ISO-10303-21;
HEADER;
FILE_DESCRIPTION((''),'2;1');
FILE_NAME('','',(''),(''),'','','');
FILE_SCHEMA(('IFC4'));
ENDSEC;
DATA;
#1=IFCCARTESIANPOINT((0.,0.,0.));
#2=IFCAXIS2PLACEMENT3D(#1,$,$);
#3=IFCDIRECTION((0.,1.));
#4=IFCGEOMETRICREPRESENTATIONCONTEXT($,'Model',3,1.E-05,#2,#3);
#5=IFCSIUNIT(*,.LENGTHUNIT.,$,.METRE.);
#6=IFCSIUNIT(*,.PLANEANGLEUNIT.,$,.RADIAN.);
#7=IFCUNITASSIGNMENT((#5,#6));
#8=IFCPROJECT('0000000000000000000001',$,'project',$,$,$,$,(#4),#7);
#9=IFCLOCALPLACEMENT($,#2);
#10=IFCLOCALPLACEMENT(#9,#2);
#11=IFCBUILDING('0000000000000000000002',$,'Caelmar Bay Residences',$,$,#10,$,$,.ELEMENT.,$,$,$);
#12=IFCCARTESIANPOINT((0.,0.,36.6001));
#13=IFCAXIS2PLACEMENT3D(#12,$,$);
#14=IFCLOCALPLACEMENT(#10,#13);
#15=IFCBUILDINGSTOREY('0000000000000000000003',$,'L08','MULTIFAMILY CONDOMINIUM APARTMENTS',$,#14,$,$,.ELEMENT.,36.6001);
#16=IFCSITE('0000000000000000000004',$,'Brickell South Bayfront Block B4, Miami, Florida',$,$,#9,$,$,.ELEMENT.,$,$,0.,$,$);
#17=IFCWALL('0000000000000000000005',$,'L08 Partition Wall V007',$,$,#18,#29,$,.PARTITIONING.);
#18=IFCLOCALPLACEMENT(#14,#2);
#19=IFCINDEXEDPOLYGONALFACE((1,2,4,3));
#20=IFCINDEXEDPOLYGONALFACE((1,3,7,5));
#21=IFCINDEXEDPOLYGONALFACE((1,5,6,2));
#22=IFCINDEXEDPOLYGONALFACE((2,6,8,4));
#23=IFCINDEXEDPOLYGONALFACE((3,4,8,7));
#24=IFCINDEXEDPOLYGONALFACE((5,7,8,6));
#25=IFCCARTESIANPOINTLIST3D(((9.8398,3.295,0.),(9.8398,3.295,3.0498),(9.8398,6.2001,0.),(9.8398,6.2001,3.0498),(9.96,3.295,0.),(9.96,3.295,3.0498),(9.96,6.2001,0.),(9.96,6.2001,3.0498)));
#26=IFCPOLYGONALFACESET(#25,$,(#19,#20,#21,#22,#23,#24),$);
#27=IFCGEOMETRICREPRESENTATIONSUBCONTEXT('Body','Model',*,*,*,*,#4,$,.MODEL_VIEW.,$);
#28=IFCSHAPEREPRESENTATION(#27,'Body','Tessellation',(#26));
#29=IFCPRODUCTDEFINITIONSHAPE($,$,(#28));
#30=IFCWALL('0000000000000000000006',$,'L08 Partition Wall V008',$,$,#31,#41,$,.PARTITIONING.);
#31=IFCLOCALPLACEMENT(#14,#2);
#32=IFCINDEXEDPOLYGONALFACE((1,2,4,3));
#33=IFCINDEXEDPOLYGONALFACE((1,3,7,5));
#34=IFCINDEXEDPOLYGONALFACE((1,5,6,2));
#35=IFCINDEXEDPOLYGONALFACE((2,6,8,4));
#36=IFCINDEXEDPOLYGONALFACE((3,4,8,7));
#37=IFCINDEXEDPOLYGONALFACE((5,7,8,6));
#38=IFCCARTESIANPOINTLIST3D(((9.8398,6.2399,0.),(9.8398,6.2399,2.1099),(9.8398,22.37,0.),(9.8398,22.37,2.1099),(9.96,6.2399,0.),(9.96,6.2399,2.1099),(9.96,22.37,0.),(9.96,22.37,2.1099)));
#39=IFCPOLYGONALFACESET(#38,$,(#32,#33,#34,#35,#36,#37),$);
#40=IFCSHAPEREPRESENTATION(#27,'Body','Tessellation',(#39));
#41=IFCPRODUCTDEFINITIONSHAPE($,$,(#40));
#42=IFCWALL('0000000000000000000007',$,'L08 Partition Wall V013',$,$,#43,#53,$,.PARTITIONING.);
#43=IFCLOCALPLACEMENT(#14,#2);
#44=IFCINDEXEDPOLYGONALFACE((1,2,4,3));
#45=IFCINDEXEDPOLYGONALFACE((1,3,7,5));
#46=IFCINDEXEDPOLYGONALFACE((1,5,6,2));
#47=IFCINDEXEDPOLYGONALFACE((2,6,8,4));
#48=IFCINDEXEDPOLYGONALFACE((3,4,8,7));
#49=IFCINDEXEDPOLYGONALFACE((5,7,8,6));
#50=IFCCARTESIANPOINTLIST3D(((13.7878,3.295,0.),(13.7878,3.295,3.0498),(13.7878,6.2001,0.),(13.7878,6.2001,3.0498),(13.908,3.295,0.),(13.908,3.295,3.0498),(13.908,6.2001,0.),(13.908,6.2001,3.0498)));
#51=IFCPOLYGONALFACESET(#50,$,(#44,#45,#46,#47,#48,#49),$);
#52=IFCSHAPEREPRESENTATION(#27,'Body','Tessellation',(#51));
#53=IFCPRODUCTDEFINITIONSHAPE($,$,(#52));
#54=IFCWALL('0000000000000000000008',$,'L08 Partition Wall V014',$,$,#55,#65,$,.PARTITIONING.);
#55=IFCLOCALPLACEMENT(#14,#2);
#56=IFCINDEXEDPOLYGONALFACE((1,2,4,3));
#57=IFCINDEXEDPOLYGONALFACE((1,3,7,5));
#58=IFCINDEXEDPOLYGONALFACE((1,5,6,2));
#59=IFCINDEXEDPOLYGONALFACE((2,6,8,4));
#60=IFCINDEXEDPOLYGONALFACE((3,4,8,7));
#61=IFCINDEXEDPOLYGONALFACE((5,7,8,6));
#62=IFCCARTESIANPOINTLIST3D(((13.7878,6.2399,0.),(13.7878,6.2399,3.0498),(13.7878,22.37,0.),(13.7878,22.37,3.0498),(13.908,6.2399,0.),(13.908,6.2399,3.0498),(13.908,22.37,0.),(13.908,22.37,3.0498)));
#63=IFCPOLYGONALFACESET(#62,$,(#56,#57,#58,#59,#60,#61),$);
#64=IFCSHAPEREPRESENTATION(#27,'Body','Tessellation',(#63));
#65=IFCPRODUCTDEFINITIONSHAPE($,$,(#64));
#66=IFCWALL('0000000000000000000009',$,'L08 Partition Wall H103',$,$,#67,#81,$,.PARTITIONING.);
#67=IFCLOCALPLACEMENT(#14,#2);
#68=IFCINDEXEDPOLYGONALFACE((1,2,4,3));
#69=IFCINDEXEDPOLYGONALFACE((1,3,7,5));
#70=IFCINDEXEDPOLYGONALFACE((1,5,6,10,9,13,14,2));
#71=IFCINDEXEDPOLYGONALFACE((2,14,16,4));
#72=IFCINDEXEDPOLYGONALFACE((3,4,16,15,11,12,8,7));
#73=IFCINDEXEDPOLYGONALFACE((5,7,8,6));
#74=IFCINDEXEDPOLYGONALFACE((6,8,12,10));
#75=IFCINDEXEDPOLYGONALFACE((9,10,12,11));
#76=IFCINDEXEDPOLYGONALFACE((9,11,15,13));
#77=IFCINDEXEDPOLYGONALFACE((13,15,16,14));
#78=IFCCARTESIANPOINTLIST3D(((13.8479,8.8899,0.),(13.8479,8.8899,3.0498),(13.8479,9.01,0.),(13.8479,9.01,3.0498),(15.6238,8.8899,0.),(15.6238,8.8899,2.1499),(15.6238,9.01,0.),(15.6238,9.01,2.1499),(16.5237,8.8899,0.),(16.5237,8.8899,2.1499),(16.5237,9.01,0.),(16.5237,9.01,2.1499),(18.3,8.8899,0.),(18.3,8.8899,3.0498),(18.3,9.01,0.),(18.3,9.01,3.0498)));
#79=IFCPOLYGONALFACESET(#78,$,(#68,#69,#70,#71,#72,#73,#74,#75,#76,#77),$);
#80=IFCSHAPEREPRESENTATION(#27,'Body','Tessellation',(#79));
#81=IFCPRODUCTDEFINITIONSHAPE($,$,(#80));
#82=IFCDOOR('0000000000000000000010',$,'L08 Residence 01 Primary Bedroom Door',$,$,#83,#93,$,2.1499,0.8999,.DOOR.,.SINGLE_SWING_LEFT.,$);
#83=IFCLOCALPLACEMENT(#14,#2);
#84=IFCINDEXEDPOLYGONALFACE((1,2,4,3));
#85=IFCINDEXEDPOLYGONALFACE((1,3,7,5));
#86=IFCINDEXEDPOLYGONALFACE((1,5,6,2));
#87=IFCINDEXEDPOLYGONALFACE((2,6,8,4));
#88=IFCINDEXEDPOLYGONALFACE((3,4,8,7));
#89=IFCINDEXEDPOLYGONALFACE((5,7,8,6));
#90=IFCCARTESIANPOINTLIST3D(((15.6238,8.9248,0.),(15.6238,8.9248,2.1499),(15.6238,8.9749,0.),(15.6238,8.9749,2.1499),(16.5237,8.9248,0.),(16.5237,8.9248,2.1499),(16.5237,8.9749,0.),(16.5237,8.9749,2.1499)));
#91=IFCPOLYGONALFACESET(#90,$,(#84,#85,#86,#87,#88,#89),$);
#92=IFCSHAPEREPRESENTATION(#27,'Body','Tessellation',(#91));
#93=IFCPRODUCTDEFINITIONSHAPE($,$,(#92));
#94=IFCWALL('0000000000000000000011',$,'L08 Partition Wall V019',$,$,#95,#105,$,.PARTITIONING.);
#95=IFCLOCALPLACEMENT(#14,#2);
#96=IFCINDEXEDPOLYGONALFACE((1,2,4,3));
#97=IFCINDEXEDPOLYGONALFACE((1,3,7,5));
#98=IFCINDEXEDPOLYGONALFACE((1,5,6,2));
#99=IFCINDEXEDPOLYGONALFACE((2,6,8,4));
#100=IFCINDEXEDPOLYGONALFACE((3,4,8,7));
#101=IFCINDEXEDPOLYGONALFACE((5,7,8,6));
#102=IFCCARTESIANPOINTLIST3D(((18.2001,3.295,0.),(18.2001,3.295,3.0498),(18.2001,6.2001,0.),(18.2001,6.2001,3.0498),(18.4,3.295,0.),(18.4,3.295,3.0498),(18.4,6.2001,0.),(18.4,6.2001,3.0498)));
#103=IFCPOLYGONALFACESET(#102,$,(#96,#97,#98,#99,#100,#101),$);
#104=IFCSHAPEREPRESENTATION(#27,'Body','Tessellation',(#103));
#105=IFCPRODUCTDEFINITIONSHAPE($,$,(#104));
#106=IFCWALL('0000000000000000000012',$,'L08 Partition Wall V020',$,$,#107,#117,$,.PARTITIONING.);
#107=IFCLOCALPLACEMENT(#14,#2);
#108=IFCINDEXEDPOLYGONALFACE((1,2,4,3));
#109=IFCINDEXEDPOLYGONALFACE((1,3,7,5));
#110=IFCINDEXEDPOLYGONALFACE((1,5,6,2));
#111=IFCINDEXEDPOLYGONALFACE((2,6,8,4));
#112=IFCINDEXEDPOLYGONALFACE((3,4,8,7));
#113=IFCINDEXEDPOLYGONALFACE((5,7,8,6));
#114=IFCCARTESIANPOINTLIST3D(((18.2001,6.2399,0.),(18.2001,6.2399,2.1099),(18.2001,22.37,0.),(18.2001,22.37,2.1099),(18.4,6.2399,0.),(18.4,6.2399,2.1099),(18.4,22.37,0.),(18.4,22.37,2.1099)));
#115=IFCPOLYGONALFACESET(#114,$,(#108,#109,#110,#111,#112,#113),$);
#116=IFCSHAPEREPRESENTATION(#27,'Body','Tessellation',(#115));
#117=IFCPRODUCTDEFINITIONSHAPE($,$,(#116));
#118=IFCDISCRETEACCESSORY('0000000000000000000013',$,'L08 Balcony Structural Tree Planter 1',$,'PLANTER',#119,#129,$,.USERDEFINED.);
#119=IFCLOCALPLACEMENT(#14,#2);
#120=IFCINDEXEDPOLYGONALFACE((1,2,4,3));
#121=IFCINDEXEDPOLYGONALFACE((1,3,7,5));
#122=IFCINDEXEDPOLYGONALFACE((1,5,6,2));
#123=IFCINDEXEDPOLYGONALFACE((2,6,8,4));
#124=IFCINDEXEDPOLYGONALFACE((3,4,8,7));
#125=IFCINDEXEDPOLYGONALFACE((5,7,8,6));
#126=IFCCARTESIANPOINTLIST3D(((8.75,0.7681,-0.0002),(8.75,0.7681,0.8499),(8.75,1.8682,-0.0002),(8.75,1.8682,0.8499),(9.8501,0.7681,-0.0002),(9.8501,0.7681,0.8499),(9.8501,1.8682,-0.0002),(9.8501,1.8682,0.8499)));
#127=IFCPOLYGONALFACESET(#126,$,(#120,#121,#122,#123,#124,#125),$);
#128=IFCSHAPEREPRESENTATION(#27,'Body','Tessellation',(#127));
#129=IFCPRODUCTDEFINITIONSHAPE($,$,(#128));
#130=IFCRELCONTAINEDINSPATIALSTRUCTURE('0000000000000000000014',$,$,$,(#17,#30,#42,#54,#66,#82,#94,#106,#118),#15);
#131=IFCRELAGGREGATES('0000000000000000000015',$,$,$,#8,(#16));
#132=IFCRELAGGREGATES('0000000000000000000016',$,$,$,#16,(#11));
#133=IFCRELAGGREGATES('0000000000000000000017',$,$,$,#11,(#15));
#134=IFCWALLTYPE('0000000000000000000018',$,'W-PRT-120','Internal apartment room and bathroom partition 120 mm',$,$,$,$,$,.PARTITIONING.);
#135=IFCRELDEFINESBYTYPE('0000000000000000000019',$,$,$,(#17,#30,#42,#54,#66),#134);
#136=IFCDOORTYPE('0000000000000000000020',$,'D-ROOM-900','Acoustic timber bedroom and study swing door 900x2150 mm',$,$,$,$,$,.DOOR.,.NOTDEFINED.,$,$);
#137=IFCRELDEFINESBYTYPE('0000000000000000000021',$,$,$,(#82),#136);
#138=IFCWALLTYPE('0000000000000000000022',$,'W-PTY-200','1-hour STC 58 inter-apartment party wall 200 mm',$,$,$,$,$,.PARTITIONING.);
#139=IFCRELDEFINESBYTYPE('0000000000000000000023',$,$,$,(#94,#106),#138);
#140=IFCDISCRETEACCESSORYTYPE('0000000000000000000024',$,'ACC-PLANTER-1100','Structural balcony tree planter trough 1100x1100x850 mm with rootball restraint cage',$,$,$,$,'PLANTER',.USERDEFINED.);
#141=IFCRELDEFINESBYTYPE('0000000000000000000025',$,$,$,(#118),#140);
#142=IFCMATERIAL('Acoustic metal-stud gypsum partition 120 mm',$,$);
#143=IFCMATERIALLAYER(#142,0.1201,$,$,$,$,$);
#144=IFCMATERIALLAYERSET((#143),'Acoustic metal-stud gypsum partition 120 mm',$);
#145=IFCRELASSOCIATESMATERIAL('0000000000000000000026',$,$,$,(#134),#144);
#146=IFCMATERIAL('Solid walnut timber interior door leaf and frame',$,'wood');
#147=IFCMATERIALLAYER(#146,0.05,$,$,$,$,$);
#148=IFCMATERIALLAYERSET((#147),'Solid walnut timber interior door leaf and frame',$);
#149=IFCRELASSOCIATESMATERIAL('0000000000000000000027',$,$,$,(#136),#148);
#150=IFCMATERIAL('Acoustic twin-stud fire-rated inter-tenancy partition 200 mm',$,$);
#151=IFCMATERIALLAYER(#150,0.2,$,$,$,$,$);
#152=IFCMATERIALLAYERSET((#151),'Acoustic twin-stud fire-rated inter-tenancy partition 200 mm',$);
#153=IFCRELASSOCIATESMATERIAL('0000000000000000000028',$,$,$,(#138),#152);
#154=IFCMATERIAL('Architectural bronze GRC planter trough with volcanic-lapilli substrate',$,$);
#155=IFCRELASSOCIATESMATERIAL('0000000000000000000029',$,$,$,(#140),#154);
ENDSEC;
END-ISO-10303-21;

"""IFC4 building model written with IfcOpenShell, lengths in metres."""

from ifc_helpers import new_model, si_unit, direction, frame, frame_2d, origin, origin_2d, place, context, subcontext, project, spatial, rectangle, extrude, material, layer, layer_set, type_object, element, fill, save


model = new_model("IFC4")

# Units and contexts
model_context = context("Model", 3, precision=1e-05, world=origin(), true_north=direction((0.0, 1.0)))
body_context = subcontext(model_context, "Body", "Model", "MODEL_VIEW")
ifc_project = project(units=[si_unit("LENGTHUNIT", "METRE"), si_unit("PLANEANGLEUNIT", "RADIAN")], contexts=[model_context])

# Site, building, storey
site_placement = place(None, origin())
site = spatial("IfcSite", under=ifc_project, at=site_placement, Name="Brickell South Bayfront Block B4, Miami, Florida", CompositionType="ELEMENT", RefElevation=0.0)
building_placement = place(site_placement, origin())
building = spatial("IfcBuilding", under=site, at=building_placement, Name="Caelmar Bay Residences", CompositionType="ELEMENT")
storey_placement = place(building_placement, frame((0.0, 0.0, 36.6001)))
storey = spatial("IfcBuildingStorey", under=building, at=storey_placement, Name="L08", Description="MULTIFAMILY CONDOMINIUM APARTMENTS", CompositionType="ELEMENT", Elevation=36.6001)

# Shared definitions
ifc_material_1 = material(Name="Acoustic metal-stud gypsum partition 120 mm")
ifc_layer_1 = layer(ifc_material_1, 0.1201)
ifc_layer_set_1 = layer_set([ifc_layer_1], Name="Acoustic metal-stud gypsum partition 120 mm")
wall_type_1 = type_object("IfcWallType", Name="W-PRT-120", Description="Internal apartment room and bathroom partition 120 mm", PredefinedType="PARTITIONING", material=ifc_layer_set_1)
ifc_material_2 = material(Name="Solid walnut timber interior door leaf and frame", Category="wood")
ifc_layer_2 = layer(ifc_material_2, 0.05)
ifc_layer_set_2 = layer_set([ifc_layer_2], Name="Solid walnut timber interior door leaf and frame")
door_type = type_object("IfcDoorType", Name="D-ROOM-900", Description="Acoustic timber bedroom and study swing door 900x2150 mm", OperationType="NOTDEFINED", PredefinedType="DOOR", material=ifc_layer_set_2)

# Walls
wall_1_placement = place(storey_placement, frame((9.8999, 3.2949, 0.0), z_axis=(0.0, 0.0, 1.0), x_axis=(0.0, 1.0, 0.0)))
element("IfcWall", 1, at=wall_1_placement, inside=storey, type_object=wall_type_1, Name="L08 Partition Wall V007", PredefinedType="PARTITIONING", context=body_context, shape_type="SweptSolid", body=[
    extrude(rectangle(XDim=2.905, YDim=0.1201, at=frame_2d((1.4526, 0.0))), origin(), (0.0, 0.0, 1.0), 3.0498),
])
wall_2_placement = place(storey_placement, frame((9.8999, 6.24, 0.0), z_axis=(0.0, 0.0, 1.0), x_axis=(0.0, 1.0, 0.0)))
element("IfcWall", 2, at=wall_2_placement, inside=storey, type_object=wall_type_1, Name="L08 Partition Wall V008", PredefinedType="PARTITIONING", context=body_context, shape_type="SweptSolid", body=[
    extrude(rectangle(XDim=16.1301, YDim=0.1201, at=frame_2d((8.0649, 0.0))), origin(), (0.0, 0.0, 1.0), 2.1099),
])
wall_3_placement = place(storey_placement, frame((13.8479, 3.2949, 0.0), z_axis=(0.0, 0.0, 1.0), x_axis=(0.0, 1.0, 0.0)))
element("IfcWall", 3, at=wall_3_placement, inside=storey, type_object=wall_type_1, Name="L08 Partition Wall V013", PredefinedType="PARTITIONING", context=body_context, shape_type="SweptSolid", body=[
    extrude(rectangle(XDim=2.905, YDim=0.1201, at=frame_2d((1.4526, 0.0))), origin(), (0.0, 0.0, 1.0), 3.0498),
])
wall_4_placement = place(storey_placement, frame((13.8479, 6.24, 0.0), z_axis=(0.0, 0.0, 1.0), x_axis=(0.0, 1.0, 0.0)))
element("IfcWall", 4, at=wall_4_placement, inside=storey, type_object=wall_type_1, Name="L08 Partition Wall V014", PredefinedType="PARTITIONING", context=body_context, shape_type="SweptSolid", body=[
    extrude(rectangle(XDim=16.1301, YDim=0.1201, at=frame_2d((8.0649, 0.0))), origin(), (0.0, 0.0, 1.0), 3.0498),
])

# Wall, opening, door
wall_5_placement = place(storey_placement, frame((13.8479, 8.95, 0.0), z_axis=(0.0, 0.0, 1.0), x_axis=(1.0, 0.0, 0.0)))
wall_5 = element("IfcWall", 5, at=wall_5_placement, inside=storey, type_object=wall_type_1, Name="L08 Partition Wall H103", PredefinedType="PARTITIONING", context=body_context, shape_type="SweptSolid", body=[
    extrude(rectangle(XDim=4.4521, YDim=0.1201, at=frame_2d((2.2261, 0.0))), origin(), (0.0, 0.0, 1.0), 3.0498),
])
opening_1_placement = place(wall_5_placement, frame((1.7759, 0.0, 0.0)))
opening_1 = element("IfcOpeningElement", 6, at=opening_1_placement, cuts=wall_5, PredefinedType="OPENING", context=body_context, shape_type="SweptSolid", body=[
    extrude(rectangle(XDim=0.8999, YDim=2.1499, at=frame_2d((0.45, 1.075))), frame((0.0, 0.0701, 0.0), z_axis=(0.0, -1.0, 0.0), x_axis=(1.0, 0.0, 0.0)), (0.0, 0.0, 1.0), 0.1401),
])
door_1_placement = place(opening_1_placement, origin())
door_1 = element("IfcDoor", 7, at=door_1_placement, inside=storey, type_object=door_type, Name="L08 Residence 01 Primary Bedroom Door", OperationType="SINGLE_SWING_LEFT", OverallHeight=2.1499, OverallWidth=0.8999, PredefinedType="DOOR", context=body_context, shape_type="SweptSolid", body=[
    extrude(rectangle(XDim=0.8999, YDim=2.1499, at=frame_2d((0.45, 1.075))), frame((0.0, 0.0249, 0.0), z_axis=(0.0, -1.0, 0.0), x_axis=(1.0, 0.0, 0.0)), (0.0, 0.0, 1.0), 0.05),
])
fill(opening_1, door_1)

# Walls
ifc_material_3 = material(Name="Acoustic twin-stud fire-rated inter-tenancy partition 200 mm")
ifc_layer_3 = layer(ifc_material_3, 0.2)
ifc_layer_set_3 = layer_set([ifc_layer_3], Name="Acoustic twin-stud fire-rated inter-tenancy partition 200 mm")
wall_type_2 = type_object("IfcWallType", Name="W-PTY-200", Description="1-hour STC 58 inter-apartment party wall 200 mm", PredefinedType="PARTITIONING", material=ifc_layer_set_3)
wall_6_placement = place(storey_placement, frame((18.3, 3.2949, 0.0), z_axis=(0.0, 0.0, 1.0), x_axis=(0.0, 1.0, 0.0)))
element("IfcWall", 8, at=wall_6_placement, inside=storey, type_object=wall_type_2, Name="L08 Partition Wall V019", PredefinedType="PARTITIONING", context=body_context, shape_type="SweptSolid", body=[
    extrude(rectangle(XDim=2.905, YDim=0.2, at=frame_2d((1.4526, 0.0))), origin(), (0.0, 0.0, 1.0), 3.0498),
])
wall_7_placement = place(storey_placement, frame((18.3, 6.24, 0.0), z_axis=(0.0, 0.0, 1.0), x_axis=(0.0, 1.0, 0.0)))
element("IfcWall", 9, at=wall_7_placement, inside=storey, type_object=wall_type_2, Name="L08 Partition Wall V020", PredefinedType="PARTITIONING", context=body_context, shape_type="SweptSolid", body=[
    extrude(rectangle(XDim=16.1301, YDim=0.2, at=frame_2d((8.0649, 0.0))), origin(), (0.0, 0.0, 1.0), 2.1099),
])

# Discrete accessory
ifc_material_4 = material(Name="Architectural bronze GRC planter trough with volcanic-lapilli substrate")
discrete_accessory_type = type_object("IfcDiscreteAccessoryType", Name="ACC-PLANTER-1100", Description="Structural balcony tree planter trough 1100x1100x850 mm with rootball restraint cage", ElementType="PLANTER", PredefinedType="USERDEFINED", material=ifc_material_4)
discrete_accessory_placement = place(storey_placement, frame((9.3, 1.3181, -0.0002), z_axis=(0.0, 0.0, 1.0), x_axis=(1.0, 0.0, 0.0)))
element("IfcDiscreteAccessory", 10, at=discrete_accessory_placement, inside=storey, type_object=discrete_accessory_type, Name="L08 Balcony Structural Tree Planter 1", ObjectType="PLANTER", PredefinedType="USERDEFINED", context=body_context, shape_type="SweptSolid", body=[
    extrude(rectangle(XDim=1.1001, YDim=1.1001, at=origin_2d()), origin(), (0.0, 0.0, 1.0), 0.8501),
])

save(model, "model.ifc")
